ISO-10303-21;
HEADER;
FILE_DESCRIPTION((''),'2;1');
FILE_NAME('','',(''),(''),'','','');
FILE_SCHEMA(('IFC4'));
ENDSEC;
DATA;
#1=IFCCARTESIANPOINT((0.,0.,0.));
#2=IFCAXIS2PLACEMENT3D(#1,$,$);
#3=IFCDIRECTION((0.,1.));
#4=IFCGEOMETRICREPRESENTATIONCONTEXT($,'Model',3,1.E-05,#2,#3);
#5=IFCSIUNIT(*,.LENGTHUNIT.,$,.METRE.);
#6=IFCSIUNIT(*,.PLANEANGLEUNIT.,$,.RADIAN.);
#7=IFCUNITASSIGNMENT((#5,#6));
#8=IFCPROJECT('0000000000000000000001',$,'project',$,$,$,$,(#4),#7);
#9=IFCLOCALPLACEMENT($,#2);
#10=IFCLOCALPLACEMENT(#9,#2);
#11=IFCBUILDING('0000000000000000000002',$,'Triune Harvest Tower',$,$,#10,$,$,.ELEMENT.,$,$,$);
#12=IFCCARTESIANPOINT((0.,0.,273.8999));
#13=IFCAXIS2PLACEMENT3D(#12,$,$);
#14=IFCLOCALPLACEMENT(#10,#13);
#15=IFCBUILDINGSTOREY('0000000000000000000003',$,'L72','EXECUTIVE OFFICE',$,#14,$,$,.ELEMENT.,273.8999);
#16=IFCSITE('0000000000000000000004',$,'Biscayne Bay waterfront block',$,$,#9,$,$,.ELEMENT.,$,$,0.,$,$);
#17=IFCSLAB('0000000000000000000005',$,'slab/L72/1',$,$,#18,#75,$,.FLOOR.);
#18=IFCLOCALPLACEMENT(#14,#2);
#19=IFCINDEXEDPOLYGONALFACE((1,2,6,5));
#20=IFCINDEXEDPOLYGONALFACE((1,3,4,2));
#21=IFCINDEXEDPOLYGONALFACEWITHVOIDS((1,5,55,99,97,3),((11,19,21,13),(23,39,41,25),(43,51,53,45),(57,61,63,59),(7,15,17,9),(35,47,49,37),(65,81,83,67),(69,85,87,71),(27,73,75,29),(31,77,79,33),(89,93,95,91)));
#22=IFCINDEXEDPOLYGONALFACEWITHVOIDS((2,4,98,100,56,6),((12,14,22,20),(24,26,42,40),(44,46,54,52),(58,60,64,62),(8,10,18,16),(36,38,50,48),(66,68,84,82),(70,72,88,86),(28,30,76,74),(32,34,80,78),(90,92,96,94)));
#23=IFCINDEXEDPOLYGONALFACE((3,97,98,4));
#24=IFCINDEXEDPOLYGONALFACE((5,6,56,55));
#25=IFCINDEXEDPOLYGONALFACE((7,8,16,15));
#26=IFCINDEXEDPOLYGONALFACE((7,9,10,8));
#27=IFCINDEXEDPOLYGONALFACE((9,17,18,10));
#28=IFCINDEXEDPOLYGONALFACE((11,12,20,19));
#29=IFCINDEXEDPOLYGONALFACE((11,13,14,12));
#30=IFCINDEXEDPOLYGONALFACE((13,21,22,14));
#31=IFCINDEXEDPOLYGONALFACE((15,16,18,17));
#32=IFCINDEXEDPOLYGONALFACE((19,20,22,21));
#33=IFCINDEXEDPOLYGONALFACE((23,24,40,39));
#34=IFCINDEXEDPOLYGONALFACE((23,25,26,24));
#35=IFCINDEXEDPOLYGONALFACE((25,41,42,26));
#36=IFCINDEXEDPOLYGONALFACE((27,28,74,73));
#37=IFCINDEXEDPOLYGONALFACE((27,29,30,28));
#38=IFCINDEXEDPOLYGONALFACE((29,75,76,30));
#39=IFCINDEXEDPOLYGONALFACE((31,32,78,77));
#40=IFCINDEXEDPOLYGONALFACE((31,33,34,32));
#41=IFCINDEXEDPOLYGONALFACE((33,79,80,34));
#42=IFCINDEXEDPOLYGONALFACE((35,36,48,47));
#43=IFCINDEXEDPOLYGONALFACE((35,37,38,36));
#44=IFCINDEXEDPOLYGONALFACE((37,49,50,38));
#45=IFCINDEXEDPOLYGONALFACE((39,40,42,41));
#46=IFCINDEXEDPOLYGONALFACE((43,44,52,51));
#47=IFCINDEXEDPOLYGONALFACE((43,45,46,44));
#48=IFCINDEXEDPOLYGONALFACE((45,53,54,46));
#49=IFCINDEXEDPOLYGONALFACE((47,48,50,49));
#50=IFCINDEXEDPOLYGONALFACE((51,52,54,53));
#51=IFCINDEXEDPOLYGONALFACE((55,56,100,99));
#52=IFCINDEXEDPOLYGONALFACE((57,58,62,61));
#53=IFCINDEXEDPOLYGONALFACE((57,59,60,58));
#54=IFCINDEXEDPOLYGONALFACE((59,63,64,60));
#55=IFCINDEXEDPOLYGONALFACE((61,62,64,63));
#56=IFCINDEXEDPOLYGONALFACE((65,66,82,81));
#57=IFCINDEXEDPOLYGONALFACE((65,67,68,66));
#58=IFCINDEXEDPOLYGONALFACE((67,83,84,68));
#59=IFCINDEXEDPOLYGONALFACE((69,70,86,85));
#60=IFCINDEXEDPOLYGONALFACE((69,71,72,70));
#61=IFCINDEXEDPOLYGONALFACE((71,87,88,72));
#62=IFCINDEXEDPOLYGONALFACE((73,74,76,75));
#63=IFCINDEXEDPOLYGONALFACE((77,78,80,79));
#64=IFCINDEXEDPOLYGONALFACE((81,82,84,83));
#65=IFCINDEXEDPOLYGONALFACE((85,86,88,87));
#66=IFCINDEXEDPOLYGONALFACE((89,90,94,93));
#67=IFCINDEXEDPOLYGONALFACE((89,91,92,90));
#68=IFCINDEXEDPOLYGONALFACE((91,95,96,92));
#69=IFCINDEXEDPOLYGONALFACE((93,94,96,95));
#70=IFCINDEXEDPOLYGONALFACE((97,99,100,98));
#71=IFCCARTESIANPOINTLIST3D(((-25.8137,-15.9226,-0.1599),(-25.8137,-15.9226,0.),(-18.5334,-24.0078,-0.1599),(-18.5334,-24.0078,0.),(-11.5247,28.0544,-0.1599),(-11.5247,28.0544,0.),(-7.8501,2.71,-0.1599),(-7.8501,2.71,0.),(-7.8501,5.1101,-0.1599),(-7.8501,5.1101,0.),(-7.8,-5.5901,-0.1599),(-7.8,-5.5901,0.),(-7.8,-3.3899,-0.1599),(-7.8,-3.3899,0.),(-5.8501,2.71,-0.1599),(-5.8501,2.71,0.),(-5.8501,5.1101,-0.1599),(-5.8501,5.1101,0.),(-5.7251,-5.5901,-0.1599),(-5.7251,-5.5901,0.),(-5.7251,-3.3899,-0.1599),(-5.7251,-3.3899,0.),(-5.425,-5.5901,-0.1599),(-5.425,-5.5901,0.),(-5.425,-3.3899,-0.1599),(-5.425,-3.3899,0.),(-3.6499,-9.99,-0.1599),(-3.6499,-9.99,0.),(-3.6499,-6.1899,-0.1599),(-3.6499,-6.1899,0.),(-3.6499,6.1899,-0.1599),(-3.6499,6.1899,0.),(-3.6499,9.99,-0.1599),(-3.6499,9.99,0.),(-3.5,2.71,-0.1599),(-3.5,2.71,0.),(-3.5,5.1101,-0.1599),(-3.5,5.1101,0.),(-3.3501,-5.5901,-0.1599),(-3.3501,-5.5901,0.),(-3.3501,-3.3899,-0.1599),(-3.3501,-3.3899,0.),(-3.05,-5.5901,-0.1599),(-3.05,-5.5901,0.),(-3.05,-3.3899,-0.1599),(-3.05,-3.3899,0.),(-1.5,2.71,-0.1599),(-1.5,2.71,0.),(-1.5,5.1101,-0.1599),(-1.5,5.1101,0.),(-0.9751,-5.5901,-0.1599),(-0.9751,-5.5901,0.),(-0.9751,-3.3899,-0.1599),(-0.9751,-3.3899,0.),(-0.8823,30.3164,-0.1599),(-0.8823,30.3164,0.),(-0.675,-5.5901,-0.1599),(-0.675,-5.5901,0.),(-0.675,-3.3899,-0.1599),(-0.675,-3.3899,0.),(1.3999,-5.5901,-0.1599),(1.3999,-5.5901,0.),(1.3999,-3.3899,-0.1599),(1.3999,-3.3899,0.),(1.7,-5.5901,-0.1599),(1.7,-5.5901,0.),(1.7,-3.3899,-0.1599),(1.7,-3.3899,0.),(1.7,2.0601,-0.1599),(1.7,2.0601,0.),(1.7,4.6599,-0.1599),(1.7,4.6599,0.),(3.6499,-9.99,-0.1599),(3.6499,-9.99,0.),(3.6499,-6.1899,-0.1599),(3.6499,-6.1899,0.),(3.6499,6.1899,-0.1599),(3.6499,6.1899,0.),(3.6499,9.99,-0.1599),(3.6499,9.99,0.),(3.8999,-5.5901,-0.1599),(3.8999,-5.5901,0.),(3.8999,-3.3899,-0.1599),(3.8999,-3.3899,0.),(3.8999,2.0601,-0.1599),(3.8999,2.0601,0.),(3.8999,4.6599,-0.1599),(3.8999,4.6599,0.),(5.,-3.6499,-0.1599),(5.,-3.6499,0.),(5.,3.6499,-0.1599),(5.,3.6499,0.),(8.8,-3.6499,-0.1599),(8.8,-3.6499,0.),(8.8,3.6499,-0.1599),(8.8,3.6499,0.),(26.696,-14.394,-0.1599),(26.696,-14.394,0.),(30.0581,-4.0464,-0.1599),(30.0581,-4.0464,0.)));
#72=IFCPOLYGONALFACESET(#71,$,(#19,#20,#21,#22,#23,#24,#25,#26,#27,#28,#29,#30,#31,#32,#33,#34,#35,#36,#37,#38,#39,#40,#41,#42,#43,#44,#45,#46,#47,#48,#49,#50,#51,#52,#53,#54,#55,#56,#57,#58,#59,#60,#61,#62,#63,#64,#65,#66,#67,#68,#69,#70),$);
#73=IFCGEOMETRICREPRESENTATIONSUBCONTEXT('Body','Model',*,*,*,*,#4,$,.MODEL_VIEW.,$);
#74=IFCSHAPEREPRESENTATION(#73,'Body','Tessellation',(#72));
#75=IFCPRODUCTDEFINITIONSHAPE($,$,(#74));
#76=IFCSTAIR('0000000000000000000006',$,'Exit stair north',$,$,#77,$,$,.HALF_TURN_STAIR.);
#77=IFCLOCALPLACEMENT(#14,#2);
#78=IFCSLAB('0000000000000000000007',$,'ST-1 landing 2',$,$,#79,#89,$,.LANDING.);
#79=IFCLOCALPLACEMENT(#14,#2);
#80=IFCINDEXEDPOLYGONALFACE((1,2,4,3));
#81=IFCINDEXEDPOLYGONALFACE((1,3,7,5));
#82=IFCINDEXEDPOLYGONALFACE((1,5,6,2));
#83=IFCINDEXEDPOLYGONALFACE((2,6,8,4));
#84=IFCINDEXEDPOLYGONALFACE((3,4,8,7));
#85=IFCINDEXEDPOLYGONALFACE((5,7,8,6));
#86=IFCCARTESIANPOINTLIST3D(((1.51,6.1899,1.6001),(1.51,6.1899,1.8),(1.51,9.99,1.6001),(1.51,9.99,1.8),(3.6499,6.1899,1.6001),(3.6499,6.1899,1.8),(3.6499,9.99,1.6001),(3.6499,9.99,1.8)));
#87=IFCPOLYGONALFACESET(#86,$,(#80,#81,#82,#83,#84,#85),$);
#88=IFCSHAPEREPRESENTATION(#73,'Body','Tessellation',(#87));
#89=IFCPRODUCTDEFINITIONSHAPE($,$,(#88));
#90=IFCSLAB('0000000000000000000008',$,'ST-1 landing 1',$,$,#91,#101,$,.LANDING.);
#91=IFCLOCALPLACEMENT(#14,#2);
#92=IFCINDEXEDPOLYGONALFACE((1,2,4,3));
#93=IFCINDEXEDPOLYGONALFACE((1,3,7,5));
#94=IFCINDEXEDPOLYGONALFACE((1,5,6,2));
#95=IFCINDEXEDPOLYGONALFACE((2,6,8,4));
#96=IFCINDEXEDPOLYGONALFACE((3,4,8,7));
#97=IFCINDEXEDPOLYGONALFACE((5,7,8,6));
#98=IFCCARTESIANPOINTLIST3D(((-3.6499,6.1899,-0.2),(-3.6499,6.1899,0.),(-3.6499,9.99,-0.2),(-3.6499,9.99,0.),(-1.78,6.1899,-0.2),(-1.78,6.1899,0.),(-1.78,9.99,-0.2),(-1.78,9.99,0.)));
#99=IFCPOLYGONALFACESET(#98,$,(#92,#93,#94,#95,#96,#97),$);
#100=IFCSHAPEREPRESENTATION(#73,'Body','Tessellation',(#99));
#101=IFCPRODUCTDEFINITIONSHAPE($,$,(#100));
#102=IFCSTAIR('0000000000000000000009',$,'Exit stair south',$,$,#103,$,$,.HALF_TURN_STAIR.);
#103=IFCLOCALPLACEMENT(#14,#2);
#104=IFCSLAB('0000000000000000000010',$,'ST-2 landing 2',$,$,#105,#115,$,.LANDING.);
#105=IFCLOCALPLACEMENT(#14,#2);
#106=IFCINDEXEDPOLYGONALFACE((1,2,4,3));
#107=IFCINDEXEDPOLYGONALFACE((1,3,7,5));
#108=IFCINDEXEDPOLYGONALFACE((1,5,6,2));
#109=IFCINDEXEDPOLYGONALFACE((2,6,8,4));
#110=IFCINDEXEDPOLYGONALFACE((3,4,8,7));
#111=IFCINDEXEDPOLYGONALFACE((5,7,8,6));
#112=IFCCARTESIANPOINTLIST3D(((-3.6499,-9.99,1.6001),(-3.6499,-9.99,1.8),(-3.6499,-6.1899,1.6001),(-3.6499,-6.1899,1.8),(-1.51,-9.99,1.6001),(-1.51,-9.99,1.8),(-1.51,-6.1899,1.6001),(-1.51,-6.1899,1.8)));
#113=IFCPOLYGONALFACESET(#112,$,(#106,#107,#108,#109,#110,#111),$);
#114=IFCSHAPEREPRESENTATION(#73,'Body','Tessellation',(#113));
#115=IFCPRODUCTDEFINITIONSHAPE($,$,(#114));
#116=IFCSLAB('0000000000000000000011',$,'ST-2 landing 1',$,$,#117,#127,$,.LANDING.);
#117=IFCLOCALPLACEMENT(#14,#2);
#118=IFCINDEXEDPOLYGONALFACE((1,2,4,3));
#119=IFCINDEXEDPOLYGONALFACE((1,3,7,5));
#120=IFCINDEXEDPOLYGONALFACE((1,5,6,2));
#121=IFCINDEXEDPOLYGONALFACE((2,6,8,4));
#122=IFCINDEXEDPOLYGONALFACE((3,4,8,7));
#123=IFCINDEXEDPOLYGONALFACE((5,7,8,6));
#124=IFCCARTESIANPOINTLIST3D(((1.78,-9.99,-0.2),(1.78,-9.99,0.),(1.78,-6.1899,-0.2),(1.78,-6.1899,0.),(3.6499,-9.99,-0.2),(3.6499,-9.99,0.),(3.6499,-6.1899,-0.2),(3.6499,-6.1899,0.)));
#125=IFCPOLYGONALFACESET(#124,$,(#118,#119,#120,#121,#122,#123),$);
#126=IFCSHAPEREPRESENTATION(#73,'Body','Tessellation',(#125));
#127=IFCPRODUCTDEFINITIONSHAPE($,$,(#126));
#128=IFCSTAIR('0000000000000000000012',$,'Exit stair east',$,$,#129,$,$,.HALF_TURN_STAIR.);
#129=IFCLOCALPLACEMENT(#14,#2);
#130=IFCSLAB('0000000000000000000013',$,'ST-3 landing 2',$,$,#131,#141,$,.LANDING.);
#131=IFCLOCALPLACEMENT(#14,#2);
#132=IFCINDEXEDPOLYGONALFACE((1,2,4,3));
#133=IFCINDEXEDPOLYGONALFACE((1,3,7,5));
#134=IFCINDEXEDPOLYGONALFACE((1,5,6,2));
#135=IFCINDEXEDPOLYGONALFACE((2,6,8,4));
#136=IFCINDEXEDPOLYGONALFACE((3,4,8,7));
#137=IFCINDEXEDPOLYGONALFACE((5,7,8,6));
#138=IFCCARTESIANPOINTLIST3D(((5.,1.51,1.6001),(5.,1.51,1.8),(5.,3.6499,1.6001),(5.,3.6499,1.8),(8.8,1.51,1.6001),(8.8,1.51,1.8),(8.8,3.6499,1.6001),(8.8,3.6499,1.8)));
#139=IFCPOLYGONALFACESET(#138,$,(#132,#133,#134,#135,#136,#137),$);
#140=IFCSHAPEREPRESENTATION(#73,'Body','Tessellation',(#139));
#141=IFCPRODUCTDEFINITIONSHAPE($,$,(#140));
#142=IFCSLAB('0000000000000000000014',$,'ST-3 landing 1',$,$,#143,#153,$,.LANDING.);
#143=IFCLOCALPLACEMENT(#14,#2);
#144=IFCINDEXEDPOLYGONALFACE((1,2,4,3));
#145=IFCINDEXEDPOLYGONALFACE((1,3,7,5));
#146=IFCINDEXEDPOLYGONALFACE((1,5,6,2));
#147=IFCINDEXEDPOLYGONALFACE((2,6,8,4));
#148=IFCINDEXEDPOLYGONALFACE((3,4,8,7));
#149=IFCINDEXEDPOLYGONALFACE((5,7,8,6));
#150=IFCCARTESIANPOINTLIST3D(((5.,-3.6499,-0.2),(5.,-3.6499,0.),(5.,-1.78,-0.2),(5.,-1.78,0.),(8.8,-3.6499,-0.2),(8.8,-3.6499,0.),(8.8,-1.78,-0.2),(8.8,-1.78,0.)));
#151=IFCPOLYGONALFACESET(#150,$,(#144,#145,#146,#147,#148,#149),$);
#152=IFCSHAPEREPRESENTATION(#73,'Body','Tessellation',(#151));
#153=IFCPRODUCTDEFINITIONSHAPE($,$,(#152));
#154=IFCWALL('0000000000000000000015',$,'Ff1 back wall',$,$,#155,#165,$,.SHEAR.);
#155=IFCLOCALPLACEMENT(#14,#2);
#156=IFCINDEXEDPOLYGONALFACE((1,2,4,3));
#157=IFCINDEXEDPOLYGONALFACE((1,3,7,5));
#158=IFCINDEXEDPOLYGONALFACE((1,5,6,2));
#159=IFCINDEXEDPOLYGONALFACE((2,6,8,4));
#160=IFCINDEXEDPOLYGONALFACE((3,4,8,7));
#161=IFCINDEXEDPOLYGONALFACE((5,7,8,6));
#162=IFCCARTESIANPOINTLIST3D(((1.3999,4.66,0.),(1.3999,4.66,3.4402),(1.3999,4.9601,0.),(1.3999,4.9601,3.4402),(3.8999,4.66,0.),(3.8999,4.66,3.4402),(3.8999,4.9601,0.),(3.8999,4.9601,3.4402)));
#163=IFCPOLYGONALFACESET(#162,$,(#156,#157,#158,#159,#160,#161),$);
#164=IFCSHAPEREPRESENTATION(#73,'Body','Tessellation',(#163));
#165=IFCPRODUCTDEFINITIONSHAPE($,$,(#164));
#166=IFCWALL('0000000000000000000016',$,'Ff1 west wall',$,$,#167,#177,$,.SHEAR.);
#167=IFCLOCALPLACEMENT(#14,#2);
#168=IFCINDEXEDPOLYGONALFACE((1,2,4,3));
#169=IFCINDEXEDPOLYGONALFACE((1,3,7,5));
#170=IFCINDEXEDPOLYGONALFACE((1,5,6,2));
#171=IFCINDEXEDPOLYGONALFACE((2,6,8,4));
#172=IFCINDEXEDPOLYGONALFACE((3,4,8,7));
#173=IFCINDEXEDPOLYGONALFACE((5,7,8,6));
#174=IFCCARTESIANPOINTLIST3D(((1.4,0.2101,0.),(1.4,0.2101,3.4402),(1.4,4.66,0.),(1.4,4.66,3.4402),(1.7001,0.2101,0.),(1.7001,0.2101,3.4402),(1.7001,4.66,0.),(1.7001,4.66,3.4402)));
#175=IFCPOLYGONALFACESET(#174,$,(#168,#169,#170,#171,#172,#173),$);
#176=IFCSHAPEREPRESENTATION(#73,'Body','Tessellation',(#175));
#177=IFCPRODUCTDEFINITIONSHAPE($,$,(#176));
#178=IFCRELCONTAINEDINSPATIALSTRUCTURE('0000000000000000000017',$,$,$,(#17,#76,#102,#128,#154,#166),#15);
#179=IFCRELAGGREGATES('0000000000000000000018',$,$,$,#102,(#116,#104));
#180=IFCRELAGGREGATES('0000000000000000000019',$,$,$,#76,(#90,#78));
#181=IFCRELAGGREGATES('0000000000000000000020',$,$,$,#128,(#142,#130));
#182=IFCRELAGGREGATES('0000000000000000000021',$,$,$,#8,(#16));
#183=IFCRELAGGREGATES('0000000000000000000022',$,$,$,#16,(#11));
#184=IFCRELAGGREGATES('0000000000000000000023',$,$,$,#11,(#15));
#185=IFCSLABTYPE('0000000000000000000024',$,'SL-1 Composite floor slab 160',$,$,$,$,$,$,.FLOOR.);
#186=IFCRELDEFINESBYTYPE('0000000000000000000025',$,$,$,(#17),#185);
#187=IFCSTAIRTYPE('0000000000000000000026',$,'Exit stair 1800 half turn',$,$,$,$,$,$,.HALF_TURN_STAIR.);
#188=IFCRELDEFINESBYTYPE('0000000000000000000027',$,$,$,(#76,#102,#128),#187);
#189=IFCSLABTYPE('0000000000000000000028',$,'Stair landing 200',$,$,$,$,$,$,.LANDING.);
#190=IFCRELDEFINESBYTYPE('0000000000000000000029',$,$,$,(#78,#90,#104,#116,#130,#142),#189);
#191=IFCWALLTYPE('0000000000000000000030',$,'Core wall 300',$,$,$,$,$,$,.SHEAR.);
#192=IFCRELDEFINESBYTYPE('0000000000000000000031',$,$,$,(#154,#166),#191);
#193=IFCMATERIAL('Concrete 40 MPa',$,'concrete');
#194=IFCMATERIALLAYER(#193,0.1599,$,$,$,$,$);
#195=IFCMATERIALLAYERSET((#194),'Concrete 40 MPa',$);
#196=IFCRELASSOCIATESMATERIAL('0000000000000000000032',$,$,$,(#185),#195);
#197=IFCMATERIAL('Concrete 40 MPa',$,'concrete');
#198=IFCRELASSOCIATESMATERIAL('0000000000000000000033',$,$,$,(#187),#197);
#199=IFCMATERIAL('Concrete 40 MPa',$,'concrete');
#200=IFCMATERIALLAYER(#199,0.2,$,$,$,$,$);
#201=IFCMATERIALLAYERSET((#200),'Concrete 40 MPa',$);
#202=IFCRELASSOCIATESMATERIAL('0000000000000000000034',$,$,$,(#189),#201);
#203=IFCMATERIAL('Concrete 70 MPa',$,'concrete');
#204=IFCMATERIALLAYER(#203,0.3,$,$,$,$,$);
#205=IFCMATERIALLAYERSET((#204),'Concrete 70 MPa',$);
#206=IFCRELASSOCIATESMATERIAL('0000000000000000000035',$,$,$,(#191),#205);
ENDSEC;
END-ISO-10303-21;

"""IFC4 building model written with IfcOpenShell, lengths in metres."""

from ifc_helpers import new_model, si_unit, direction, frame, frame_2d, origin, place, context, subcontext, project, spatial, polyline, rectangle, outline, extrude, source, transform, mapped, material, layer, layer_set, type_object, element, aggregate, save


model = new_model("IFC4")

# Units and contexts
model_context = context("Model", 3, precision=1e-05, world=origin(), true_north=direction((0.0, 1.0)))
body_context = subcontext(model_context, "Body", "Model", "MODEL_VIEW")
ifc_project = project(units=[si_unit("LENGTHUNIT", "METRE"), si_unit("PLANEANGLEUNIT", "RADIAN")], contexts=[model_context])

# Site, building, storey
site_placement = place(None, origin())
site = spatial("IfcSite", under=ifc_project, at=site_placement, Name="Biscayne Bay waterfront block", CompositionType="ELEMENT", RefElevation=0.0)
building_placement = place(site_placement, origin())
building = spatial("IfcBuilding", under=site, at=building_placement, Name="Triune Harvest Tower", CompositionType="ELEMENT")
storey_placement = place(building_placement, frame((0.0, 0.0, 273.8999)))
storey = spatial("IfcBuildingStorey", under=building, at=storey_placement, Name="L72", Description="EXECUTIVE OFFICE", CompositionType="ELEMENT", Elevation=273.8999)

# Slab
ifc_material_1 = material(Name="Concrete 40 MPa", Category="concrete")
ifc_layer_1 = layer(ifc_material_1, 0.1599)
ifc_layer_set_1 = layer_set([ifc_layer_1], Name="Concrete 40 MPa")
slab_type_1 = type_object("IfcSlabType", Name="SL-1 Composite floor slab 160", PredefinedType="FLOOR", material=ifc_layer_set_1)
shared_shape_1 = source(origin(), body_context, "Body", "SweptSolid", [
    extrude(outline(polyline([(30.0581, -4.0464), (-0.8823, 30.3164), (-11.5247, 28.0544), (-25.8137, -15.9226), (-18.5334, -24.0078), (26.696, -14.394), (30.0581, -4.0464)]), holes=[polyline([(-5.7251, -5.5901), (-5.7251, -3.3899), (-7.8, -3.3899), (-7.8, -5.5901), (-5.7251, -5.5901)]), polyline([(-3.3501, -5.5901), (-3.3501, -3.3899), (-5.425, -3.3899), (-5.425, -5.5901), (-3.3501, -5.5901)]), polyline([(-0.9751, -5.5901), (-0.9751, -3.3899), (-3.05, -3.3899), (-3.05, -5.5901), (-0.9751, -5.5901)]), polyline([(1.3999, -5.5901), (1.3999, -3.3899), (-0.675, -3.3899), (-0.675, -5.5901), (1.3999, -5.5901)]), polyline([(3.8999, 2.0601), (3.8999, 4.6599), (1.7, 4.6599), (1.7, 2.0601), (3.8999, 2.0601)]), polyline([(3.8999, -5.5901), (3.8999, -3.3899), (1.7, -3.3899), (1.7, -5.5901), (3.8999, -5.5901)]), polyline([(-5.8501, 2.71), (-5.8501, 5.1101), (-7.8501, 5.1101), (-7.8501, 2.71), (-5.8501, 2.71)]), polyline([(-1.5, 2.71), (-1.5, 5.1101), (-3.5, 5.1101), (-3.5, 2.71), (-1.5, 2.71)]), polyline([(3.6499, 6.1899), (3.6499, 9.99), (-3.6499, 9.99), (-3.6499, 6.1899), (3.6499, 6.1899)]), polyline([(3.6499, -9.99), (3.6499, -6.1899), (-3.6499, -6.1899), (-3.6499, -9.99), (3.6499, -9.99)]), polyline([(8.8, -3.6499), (8.8, 3.6499), (5.0, 3.6499), (5.0, -3.6499), (8.8, -3.6499)])]), origin(), (0.0, 0.0, 1.0), 0.1599),
])
slab_1_placement = place(storey_placement, frame((0.0, 0.0, -0.1599)))
element("IfcSlab", 1, at=slab_1_placement, inside=storey, type_object=slab_type_1, Name="slab/L72/1", PredefinedType="FLOOR", context=body_context, shape_type="MappedRepresentation", body=[
    mapped(shared_shape_1, transform((0.0, 0.0, 0.0), scale=1.0)),
])

# Stairs, slabs
ifc_material_2 = material(Name="Concrete 40 MPa", Category="concrete")
stair_type = type_object("IfcStairType", Name="Exit stair 1800 half turn", PredefinedType="HALF_TURN_STAIR", material=ifc_material_2)
stair_1_placement = place(storey_placement, origin())
stair_1 = element("IfcStair", 2, at=stair_1_placement, inside=storey, type_object=stair_type, Name="Exit stair north", PredefinedType="HALF_TURN_STAIR")
ifc_material_3 = material(Name="Concrete 40 MPa", Category="concrete")
ifc_layer_2 = layer(ifc_material_3, 0.2)
ifc_layer_set_2 = layer_set([ifc_layer_2], Name="Concrete 40 MPa")
slab_type_2 = type_object("IfcSlabType", Name="Stair landing 200", PredefinedType="LANDING", material=ifc_layer_set_2)
shared_shape_2 = source(origin(), body_context, "Body", "SweptSolid", [
    extrude(outline(polyline([(1.51, 6.1899), (3.6499, 6.1899), (3.6499, 9.99), (1.51, 9.99), (1.51, 6.1899)])), origin(), (0.0, 0.0, 1.0), 0.2),
])
slab_2_placement = place(storey_placement, frame((0.0, 0.0, 1.6001)))
slab_2 = element("IfcSlab", 3, at=slab_2_placement, type_object=slab_type_2, Name="ST-1 landing 2", PredefinedType="LANDING", context=body_context, shape_type="MappedRepresentation", body=[
    mapped(shared_shape_2, transform((0.0, 0.0, 0.0), scale=1.0)),
])
shared_shape_3 = source(origin(), body_context, "Body", "SweptSolid", [
    extrude(outline(polyline([(-3.6499, 6.1899), (-1.78, 6.1899), (-1.78, 9.99), (-3.6499, 9.99), (-3.6499, 6.1899)])), origin(), (0.0, 0.0, 1.0), 0.2),
])
slab_3_placement = place(storey_placement, frame((0.0, 0.0, -0.2)))
slab_3 = element("IfcSlab", 4, at=slab_3_placement, type_object=slab_type_2, Name="ST-1 landing 1", PredefinedType="LANDING", context=body_context, shape_type="MappedRepresentation", body=[
    mapped(shared_shape_3, transform((0.0, 0.0, 0.0), scale=1.0)),
])
stair_2_placement = place(storey_placement, origin())
stair_2 = element("IfcStair", 5, at=stair_2_placement, inside=storey, type_object=stair_type, Name="Exit stair south", PredefinedType="HALF_TURN_STAIR")
shared_shape_4 = source(origin(), body_context, "Body", "SweptSolid", [
    extrude(outline(polyline([(-1.51, -6.1899), (-3.6499, -6.1899), (-3.6499, -9.99), (-1.51, -9.99), (-1.51, -6.1899)])), origin(), (0.0, 0.0, 1.0), 0.2),
])
slab_4_placement = place(storey_placement, frame((0.0, 0.0, 1.6001)))
slab_4 = element("IfcSlab", 6, at=slab_4_placement, type_object=slab_type_2, Name="ST-2 landing 2", PredefinedType="LANDING", context=body_context, shape_type="MappedRepresentation", body=[
    mapped(shared_shape_4, transform((0.0, 0.0, 0.0), scale=1.0)),
])
shared_shape_5 = source(origin(), body_context, "Body", "SweptSolid", [
    extrude(outline(polyline([(3.6499, -6.1899), (1.78, -6.1899), (1.78, -9.99), (3.6499, -9.99), (3.6499, -6.1899)])), origin(), (0.0, 0.0, 1.0), 0.2),
])
slab_5_placement = place(storey_placement, frame((0.0, 0.0, -0.2)))
slab_5 = element("IfcSlab", 7, at=slab_5_placement, type_object=slab_type_2, Name="ST-2 landing 1", PredefinedType="LANDING", context=body_context, shape_type="MappedRepresentation", body=[
    mapped(shared_shape_5, transform((0.0, 0.0, 0.0), scale=1.0)),
])
aggregate(stair_2, [slab_5, slab_4])
stair_3_placement = place(storey_placement, origin())
stair_3 = element("IfcStair", 8, at=stair_3_placement, inside=storey, type_object=stair_type, Name="Exit stair east", PredefinedType="HALF_TURN_STAIR")
shared_shape_6 = source(origin(), body_context, "Body", "SweptSolid", [
    extrude(outline(polyline([(8.8, 1.51), (8.8, 3.6499), (5.0, 3.6499), (5.0, 1.51), (8.8, 1.51)])), origin(), (0.0, 0.0, 1.0), 0.2),
])
slab_6_placement = place(storey_placement, frame((0.0, 0.0, 1.6001)))
slab_6 = element("IfcSlab", 9, at=slab_6_placement, type_object=slab_type_2, Name="ST-3 landing 2", PredefinedType="LANDING", context=body_context, shape_type="MappedRepresentation", body=[
    mapped(shared_shape_6, transform((0.0, 0.0, 0.0), scale=1.0)),
])
shared_shape_7 = source(origin(), body_context, "Body", "SweptSolid", [
    extrude(outline(polyline([(8.8, -3.6499), (8.8, -1.78), (5.0, -1.78), (5.0, -3.6499), (8.8, -3.6499)])), origin(), (0.0, 0.0, 1.0), 0.2),
])
slab_7_placement = place(storey_placement, frame((0.0, 0.0, -0.2)))
slab_7 = element("IfcSlab", 10, at=slab_7_placement, type_object=slab_type_2, Name="ST-3 landing 1", PredefinedType="LANDING", context=body_context, shape_type="MappedRepresentation", body=[
    mapped(shared_shape_7, transform((0.0, 0.0, 0.0), scale=1.0)),
])

# Walls
ifc_material_4 = material(Name="Concrete 70 MPa", Category="concrete")
ifc_layer_3 = layer(ifc_material_4, 0.3)
ifc_layer_set_3 = layer_set([ifc_layer_3], Name="Concrete 70 MPa")
wall_type_1 = type_object("IfcWallType", Name="Core wall 300", PredefinedType="SHEAR", material=ifc_layer_set_3)
shared_shape_8 = source(origin(), body_context, "Body", "SweptSolid", [
    extrude(rectangle(XDim=2.5, YDim=0.3, at=frame_2d((1.25, 0.0))), origin(), (0.0, 0.0, 1.0), 3.4402),
])
wall_1_placement = place(storey_placement, frame((1.3999, 4.8101, 0.0), z_axis=(0.0, 0.0, 1.0), x_axis=(1.0, 0.0, 0.0)))
element("IfcWall", 11, at=wall_1_placement, inside=storey, type_object=wall_type_1, Name="Ff1 back wall", PredefinedType="SHEAR", context=body_context, shape_type="MappedRepresentation", body=[
    mapped(shared_shape_8, transform((0.0, 0.0, 0.0), scale=1.0)),
])
shared_shape_9 = source(origin(), body_context, "Body", "SweptSolid", [
    extrude(rectangle(XDim=4.45, YDim=0.3, at=frame_2d((2.2251, 0.0))), origin(), (0.0, 0.0, 1.0), 3.4402),
])
wall_2_placement = place(storey_placement, frame((1.55, 0.21, 0.0), z_axis=(0.0, 0.0, 1.0), x_axis=(0.0, 1.0, 0.0)))
element("IfcWall", 12, at=wall_2_placement, inside=storey, type_object=wall_type_1, Name="Ff1 west wall", PredefinedType="SHEAR", context=body_context, shape_type="MappedRepresentation", body=[
    mapped(shared_shape_9, transform((0.0, 0.0, 0.0), scale=1.0)),
])

aggregate(stair_1, [slab_3, slab_2])
aggregate(stair_3, [slab_7, slab_6])

save(model, "model.ifc")
